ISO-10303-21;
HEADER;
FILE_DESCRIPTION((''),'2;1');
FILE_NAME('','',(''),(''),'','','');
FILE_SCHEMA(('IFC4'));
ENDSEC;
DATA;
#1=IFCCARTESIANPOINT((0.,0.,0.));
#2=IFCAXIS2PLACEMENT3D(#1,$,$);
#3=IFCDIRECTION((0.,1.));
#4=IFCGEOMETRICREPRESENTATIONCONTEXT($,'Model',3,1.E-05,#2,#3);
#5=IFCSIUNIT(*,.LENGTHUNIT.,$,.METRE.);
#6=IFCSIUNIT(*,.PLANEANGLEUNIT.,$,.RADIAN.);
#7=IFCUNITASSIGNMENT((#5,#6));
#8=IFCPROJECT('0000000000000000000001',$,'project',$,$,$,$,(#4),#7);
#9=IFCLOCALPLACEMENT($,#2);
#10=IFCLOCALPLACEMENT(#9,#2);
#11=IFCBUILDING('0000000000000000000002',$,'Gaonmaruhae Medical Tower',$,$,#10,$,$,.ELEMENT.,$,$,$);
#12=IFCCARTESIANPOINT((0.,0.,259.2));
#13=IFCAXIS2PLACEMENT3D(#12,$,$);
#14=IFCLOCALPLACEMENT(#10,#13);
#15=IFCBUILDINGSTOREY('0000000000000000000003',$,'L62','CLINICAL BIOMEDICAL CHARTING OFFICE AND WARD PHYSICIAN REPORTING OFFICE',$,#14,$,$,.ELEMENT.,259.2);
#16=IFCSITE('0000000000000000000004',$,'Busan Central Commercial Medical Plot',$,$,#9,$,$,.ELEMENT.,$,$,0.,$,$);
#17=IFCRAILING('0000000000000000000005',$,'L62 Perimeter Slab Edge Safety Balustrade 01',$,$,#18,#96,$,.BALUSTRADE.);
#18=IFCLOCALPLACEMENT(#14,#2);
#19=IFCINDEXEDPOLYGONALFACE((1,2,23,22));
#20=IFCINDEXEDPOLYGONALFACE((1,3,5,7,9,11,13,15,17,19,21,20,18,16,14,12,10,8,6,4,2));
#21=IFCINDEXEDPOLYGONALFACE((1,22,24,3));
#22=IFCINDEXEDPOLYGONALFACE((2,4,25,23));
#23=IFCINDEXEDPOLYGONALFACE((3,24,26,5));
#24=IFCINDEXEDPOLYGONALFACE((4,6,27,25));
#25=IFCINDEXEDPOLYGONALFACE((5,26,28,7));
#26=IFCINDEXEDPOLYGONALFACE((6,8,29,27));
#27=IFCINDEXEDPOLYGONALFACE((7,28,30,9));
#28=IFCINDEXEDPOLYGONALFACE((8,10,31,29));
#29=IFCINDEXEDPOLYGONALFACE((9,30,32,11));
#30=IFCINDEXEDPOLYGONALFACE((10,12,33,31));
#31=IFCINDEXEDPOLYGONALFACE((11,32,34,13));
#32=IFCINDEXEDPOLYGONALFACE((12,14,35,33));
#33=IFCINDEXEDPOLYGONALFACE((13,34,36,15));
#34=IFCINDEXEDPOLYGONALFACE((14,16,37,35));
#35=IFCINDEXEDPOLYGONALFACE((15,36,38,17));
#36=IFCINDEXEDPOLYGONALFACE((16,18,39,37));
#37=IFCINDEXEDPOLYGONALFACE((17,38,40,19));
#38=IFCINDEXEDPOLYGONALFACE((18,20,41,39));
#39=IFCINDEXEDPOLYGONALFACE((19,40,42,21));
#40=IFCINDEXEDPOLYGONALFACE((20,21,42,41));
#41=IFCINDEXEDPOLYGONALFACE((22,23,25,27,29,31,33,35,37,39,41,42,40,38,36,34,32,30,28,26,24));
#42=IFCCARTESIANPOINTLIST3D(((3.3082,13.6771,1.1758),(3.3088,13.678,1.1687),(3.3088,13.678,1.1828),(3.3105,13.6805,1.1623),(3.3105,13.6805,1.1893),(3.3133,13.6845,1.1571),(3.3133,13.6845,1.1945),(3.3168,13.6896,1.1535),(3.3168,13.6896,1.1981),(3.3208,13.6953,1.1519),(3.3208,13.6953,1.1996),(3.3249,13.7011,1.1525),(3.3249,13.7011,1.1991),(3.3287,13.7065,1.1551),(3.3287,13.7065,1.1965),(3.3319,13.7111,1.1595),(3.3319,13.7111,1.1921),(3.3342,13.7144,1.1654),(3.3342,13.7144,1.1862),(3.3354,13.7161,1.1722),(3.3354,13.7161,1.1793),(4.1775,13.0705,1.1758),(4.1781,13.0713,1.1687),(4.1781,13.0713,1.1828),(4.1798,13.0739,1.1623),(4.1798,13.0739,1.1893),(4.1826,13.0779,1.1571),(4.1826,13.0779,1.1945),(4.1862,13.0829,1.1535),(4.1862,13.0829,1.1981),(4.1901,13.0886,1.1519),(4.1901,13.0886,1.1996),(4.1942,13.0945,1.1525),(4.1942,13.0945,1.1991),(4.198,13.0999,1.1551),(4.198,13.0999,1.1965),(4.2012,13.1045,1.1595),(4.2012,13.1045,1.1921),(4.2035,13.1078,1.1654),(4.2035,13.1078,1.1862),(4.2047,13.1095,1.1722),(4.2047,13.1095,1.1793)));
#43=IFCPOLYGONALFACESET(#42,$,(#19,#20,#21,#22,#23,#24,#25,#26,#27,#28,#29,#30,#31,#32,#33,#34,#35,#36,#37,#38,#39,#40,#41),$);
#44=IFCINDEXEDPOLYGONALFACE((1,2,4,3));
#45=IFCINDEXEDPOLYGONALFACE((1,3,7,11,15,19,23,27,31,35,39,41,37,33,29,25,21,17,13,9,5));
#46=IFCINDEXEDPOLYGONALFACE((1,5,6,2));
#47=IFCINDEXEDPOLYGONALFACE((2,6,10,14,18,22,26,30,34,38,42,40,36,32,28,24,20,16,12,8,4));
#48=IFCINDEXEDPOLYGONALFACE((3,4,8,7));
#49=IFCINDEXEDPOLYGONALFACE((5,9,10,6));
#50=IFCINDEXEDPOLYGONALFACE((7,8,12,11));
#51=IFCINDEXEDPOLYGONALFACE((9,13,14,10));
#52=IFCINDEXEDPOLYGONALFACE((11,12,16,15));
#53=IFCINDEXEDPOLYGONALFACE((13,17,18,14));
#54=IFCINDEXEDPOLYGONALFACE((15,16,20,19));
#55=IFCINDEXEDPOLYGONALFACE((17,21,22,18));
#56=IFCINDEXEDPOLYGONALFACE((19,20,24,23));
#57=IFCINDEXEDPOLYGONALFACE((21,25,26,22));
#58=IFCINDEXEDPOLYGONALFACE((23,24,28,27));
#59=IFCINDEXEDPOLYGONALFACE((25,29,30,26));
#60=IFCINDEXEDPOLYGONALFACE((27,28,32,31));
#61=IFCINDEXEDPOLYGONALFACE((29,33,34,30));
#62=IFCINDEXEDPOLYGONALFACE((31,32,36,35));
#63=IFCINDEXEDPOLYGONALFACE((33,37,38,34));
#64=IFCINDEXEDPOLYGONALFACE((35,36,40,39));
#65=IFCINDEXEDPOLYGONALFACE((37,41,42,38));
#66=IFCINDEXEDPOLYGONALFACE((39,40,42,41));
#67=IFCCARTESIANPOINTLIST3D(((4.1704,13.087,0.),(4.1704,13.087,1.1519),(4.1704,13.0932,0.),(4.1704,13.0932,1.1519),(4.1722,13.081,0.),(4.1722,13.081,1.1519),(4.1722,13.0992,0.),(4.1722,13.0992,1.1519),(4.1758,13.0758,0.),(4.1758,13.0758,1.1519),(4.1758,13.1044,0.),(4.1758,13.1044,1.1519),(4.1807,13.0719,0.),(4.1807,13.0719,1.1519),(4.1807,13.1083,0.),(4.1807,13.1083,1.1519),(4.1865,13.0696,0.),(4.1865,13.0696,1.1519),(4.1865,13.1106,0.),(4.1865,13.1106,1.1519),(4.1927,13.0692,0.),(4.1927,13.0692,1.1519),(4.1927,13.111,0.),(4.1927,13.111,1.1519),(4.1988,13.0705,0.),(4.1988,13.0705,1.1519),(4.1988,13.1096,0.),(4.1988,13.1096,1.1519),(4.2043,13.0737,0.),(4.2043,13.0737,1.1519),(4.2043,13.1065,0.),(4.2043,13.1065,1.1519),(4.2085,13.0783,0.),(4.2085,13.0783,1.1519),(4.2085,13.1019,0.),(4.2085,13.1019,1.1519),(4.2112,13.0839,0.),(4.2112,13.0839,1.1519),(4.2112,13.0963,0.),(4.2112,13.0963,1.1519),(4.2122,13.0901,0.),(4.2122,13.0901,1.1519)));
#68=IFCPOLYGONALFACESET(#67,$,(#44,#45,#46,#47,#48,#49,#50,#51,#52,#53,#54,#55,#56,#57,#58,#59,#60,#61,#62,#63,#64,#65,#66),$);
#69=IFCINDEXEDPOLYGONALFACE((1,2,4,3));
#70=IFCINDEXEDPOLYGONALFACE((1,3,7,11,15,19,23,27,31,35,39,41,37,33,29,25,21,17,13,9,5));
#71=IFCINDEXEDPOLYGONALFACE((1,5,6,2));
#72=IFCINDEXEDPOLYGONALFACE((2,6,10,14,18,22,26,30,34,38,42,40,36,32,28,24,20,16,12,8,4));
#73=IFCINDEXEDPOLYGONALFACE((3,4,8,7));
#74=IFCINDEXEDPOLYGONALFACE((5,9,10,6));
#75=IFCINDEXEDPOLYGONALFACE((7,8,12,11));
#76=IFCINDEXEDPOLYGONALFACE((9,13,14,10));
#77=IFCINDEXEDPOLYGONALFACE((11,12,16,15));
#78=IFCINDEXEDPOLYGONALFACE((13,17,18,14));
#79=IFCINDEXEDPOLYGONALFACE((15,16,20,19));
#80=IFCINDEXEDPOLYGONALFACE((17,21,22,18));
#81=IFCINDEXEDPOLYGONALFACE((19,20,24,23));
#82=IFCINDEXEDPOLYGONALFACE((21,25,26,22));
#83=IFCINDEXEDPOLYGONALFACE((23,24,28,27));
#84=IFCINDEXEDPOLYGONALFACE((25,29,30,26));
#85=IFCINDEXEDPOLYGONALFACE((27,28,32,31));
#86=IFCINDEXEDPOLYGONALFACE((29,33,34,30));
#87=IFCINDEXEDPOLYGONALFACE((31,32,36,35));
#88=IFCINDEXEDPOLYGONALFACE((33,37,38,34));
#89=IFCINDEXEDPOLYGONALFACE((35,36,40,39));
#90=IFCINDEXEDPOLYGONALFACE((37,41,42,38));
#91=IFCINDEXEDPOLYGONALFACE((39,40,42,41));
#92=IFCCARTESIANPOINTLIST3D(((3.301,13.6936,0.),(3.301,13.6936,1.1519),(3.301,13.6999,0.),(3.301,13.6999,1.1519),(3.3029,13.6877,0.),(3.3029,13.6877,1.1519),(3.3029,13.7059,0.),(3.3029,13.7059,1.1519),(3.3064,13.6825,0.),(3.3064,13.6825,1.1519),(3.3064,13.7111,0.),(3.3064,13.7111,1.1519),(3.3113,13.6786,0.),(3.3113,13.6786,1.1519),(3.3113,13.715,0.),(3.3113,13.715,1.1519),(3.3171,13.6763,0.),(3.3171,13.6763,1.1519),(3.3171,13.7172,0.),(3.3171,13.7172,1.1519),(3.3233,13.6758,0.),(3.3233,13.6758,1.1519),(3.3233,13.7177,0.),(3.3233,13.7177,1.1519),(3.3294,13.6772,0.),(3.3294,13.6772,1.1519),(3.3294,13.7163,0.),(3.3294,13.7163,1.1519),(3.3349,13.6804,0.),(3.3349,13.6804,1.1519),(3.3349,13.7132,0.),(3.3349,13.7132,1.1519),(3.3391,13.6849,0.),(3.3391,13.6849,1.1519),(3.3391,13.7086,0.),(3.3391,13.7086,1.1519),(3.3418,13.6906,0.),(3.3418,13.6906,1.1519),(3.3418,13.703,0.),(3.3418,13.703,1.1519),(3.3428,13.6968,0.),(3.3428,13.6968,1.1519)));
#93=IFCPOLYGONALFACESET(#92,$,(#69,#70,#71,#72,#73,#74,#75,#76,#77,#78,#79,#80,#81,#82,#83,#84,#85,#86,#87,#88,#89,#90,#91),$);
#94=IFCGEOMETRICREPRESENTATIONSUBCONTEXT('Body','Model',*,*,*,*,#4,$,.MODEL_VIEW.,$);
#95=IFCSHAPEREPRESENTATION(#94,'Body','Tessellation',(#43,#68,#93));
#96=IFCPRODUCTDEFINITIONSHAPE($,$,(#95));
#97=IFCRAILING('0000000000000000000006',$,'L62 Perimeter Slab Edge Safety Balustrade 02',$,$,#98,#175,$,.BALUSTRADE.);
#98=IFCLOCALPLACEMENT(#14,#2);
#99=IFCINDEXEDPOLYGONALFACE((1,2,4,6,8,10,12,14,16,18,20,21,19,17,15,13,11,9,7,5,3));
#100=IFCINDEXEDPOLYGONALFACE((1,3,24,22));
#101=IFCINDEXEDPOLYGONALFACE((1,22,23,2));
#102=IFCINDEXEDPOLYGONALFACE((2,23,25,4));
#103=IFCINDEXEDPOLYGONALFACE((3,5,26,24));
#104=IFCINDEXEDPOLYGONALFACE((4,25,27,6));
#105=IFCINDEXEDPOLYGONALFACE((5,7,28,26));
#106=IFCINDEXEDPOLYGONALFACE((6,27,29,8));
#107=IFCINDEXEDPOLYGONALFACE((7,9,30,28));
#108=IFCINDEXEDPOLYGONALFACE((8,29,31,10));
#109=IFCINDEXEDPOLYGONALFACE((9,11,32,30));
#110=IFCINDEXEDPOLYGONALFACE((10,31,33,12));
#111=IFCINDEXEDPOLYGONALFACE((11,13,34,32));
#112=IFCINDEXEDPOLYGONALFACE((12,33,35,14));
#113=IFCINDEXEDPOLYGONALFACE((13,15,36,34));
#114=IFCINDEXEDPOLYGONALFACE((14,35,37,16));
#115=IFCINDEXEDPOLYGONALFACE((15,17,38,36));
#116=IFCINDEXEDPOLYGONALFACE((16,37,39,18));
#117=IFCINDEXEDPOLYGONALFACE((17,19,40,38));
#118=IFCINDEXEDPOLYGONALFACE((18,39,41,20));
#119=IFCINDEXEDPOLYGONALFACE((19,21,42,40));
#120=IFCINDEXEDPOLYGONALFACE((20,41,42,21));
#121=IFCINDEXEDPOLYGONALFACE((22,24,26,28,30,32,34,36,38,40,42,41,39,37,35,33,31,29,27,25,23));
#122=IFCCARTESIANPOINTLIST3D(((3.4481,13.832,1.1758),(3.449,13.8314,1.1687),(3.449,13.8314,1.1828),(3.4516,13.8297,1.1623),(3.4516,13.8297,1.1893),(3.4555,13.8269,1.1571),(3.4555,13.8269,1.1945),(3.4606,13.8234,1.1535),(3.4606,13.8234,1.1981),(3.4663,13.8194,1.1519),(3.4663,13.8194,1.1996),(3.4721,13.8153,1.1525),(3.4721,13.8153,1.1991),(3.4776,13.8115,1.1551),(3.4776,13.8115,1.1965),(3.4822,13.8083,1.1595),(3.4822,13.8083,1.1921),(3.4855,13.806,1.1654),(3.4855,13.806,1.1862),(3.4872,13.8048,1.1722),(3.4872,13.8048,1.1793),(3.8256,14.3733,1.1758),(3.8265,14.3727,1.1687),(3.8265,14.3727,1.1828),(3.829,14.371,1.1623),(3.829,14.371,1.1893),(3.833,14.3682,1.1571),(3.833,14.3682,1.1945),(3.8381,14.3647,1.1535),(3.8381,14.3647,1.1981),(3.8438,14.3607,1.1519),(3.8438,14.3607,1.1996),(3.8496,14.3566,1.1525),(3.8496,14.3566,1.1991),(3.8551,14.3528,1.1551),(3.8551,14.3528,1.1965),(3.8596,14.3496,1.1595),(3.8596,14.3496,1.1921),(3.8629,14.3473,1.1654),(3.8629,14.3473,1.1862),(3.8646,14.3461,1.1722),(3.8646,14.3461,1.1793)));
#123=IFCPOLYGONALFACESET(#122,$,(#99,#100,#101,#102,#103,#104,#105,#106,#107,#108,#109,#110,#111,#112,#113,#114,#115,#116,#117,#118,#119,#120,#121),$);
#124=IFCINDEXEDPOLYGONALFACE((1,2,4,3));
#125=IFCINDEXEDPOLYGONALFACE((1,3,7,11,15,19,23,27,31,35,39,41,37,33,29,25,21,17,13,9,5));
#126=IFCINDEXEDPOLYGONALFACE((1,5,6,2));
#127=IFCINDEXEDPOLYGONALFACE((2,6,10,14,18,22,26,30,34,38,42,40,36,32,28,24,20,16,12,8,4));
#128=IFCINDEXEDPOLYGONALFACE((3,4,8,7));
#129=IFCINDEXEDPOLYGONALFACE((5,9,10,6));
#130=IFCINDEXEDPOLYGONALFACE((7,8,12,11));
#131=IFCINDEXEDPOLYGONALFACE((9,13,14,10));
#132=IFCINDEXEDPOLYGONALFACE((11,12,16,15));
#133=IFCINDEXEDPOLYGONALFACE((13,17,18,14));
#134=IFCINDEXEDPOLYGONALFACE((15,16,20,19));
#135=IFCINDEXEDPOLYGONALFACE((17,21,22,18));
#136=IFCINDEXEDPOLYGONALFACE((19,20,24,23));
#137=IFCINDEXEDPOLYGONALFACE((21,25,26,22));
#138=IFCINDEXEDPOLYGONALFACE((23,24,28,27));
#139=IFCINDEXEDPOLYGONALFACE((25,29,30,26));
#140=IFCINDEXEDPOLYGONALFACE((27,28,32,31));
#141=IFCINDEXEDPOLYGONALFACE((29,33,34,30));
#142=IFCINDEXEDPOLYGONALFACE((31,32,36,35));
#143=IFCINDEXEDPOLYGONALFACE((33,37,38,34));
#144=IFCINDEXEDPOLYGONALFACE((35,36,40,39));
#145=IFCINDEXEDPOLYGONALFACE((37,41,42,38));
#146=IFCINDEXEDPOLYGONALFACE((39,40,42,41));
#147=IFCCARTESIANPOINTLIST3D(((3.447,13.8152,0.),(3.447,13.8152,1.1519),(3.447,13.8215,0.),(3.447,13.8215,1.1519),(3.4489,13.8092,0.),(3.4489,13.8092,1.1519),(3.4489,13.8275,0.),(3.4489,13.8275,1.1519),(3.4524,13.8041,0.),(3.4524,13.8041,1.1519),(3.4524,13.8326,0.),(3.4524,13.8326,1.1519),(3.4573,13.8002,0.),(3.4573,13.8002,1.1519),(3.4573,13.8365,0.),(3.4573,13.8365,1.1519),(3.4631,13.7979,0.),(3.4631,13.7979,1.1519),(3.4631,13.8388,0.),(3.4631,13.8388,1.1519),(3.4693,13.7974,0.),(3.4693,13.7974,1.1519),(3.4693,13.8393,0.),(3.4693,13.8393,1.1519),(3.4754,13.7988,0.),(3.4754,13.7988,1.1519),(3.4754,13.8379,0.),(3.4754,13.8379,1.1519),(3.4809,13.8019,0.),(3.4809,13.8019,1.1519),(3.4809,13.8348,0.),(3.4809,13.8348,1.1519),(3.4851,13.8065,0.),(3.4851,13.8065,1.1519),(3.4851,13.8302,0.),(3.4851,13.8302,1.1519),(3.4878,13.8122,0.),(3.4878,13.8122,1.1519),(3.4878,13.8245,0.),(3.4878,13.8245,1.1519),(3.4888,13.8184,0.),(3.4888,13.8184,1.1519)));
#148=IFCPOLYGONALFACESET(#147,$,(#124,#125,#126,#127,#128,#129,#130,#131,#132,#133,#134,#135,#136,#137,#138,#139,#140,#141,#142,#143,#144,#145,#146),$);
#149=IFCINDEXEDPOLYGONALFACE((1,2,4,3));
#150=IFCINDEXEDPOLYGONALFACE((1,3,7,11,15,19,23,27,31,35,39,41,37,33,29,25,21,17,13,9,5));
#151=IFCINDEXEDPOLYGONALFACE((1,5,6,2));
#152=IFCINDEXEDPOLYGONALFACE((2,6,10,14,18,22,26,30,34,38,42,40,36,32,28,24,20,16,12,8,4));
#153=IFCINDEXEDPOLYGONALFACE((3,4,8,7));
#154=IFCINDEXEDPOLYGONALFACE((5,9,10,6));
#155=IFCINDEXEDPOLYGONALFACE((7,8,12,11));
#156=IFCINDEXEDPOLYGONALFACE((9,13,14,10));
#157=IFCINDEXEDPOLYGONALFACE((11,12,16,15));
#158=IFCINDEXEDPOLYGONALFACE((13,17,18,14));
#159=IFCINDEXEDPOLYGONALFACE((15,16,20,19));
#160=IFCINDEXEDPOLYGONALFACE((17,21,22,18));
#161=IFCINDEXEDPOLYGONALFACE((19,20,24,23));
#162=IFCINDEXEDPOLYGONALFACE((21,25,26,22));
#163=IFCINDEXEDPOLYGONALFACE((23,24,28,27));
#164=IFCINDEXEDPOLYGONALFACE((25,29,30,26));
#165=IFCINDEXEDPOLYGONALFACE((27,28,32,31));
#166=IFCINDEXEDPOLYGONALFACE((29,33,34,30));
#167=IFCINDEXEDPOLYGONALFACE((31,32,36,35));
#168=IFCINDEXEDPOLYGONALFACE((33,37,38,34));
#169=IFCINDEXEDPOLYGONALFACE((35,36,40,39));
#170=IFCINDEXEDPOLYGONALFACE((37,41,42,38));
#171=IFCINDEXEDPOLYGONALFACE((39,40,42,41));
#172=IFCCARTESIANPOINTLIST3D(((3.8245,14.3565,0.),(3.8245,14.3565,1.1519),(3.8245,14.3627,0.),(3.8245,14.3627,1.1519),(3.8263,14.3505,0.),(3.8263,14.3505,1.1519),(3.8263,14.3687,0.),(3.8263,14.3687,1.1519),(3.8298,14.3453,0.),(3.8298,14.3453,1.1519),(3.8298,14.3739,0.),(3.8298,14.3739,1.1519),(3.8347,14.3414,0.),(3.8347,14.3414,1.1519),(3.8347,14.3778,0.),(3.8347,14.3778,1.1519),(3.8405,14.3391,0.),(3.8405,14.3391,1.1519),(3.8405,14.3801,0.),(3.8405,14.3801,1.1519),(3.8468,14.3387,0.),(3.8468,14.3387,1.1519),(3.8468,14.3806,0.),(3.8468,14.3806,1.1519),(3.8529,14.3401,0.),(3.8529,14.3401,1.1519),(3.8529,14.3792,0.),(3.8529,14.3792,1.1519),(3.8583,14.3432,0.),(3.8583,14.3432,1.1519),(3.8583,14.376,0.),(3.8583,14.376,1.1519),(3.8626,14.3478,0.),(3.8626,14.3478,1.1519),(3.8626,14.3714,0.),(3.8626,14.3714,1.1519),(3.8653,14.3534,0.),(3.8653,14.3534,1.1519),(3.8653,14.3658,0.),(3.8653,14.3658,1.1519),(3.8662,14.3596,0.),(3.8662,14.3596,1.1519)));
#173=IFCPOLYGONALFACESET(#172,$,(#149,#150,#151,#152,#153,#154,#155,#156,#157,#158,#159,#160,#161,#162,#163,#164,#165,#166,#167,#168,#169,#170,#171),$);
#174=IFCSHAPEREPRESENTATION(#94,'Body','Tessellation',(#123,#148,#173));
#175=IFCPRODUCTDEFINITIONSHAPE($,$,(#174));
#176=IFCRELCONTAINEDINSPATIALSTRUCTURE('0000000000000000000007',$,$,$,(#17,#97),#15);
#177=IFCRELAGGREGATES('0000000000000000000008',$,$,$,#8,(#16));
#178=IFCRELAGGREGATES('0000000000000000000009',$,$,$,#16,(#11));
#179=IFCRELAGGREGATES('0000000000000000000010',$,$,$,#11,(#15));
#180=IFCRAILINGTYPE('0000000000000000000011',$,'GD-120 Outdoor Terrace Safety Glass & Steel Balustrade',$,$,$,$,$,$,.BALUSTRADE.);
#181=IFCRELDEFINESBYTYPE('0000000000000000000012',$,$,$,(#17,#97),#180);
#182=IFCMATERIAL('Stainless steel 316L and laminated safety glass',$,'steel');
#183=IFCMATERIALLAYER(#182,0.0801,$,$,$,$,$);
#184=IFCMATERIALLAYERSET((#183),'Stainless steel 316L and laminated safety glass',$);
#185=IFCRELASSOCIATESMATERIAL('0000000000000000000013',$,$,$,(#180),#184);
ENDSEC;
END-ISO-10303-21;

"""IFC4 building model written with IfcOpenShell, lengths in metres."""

from ifc_helpers import new_model, si_unit, direction, frame, origin, origin_2d, place, context, subcontext, project, spatial, circle, extrude, material, layer, layer_set, type_object, element, save


model = new_model("IFC4")

# Units and contexts
model_context = context("Model", 3, precision=1e-05, world=origin(), true_north=direction((0.0, 1.0)))
body_context = subcontext(model_context, "Body", "Model", "MODEL_VIEW")
ifc_project = project(units=[si_unit("LENGTHUNIT", "METRE"), si_unit("PLANEANGLEUNIT", "RADIAN")], contexts=[model_context])

# Site, building, storey
site_placement = place(None, origin())
site = spatial("IfcSite", under=ifc_project, at=site_placement, Name="Busan Central Commercial Medical Plot", CompositionType="ELEMENT", RefElevation=0.0)
building_placement = place(site_placement, origin())
building = spatial("IfcBuilding", under=site, at=building_placement, Name="Gaonmaruhae Medical Tower", CompositionType="ELEMENT")
storey_placement = place(building_placement, frame((0.0, 0.0, 259.2)))
storey = spatial("IfcBuildingStorey", under=building, at=storey_placement, Name="L62", Description="CLINICAL BIOMEDICAL CHARTING OFFICE AND WARD PHYSICIAN REPORTING OFFICE", CompositionType="ELEMENT", Elevation=259.2)

# Railings
ifc_material_1 = material(Name="Stainless steel 316L and laminated safety glass", Category="steel")
ifc_layer_1 = layer(ifc_material_1, 0.0801)
ifc_layer_set_1 = layer_set([ifc_layer_1], Name="Stainless steel 316L and laminated safety glass")
railing_type = type_object("IfcRailingType", Name="GD-120 Outdoor Terrace Safety Glass & Steel Balustrade", PredefinedType="BALUSTRADE", material=ifc_layer_set_1)
railing_1_placement = place(storey_placement, frame((4.1912, 13.0901, 0.0)))
element("IfcRailing", 1, at=railing_1_placement, inside=storey, type_object=railing_type, Name="L62 Perimeter Slab Edge Safety Balustrade 01", PredefinedType="BALUSTRADE", context=body_context, shape_type="SweptSolid", body=[
    extrude(circle(Radius=0.0239, at=origin_2d()), frame((0.0, 0.0, 1.1758), z_axis=(-0.820064, 0.572272, 0.0), x_axis=(-0.572272, -0.820064, 0.0)), (0.0, 0.0, 1.0), 1.0601),
    extrude(circle(Radius=0.021, at=origin_2d()), origin(), (0.0, 0.0, 1.0), 1.1519),
    extrude(circle(Radius=0.021, at=origin_2d()), frame((-0.8694, 0.6067, 0.0)), (0.0, 0.0, 1.0), 1.1519),
])
railing_2_placement = place(storey_placement, frame((3.4678, 13.8184, 0.0)))
element("IfcRailing", 2, at=railing_2_placement, inside=storey, type_object=railing_type, Name="L62 Perimeter Slab Edge Safety Balustrade 02", PredefinedType="BALUSTRADE", context=body_context, shape_type="SweptSolid", body=[
    extrude(circle(Radius=0.0239, at=origin_2d()), frame((0.0, 0.0, 1.1758), z_axis=(0.571996, 0.820256, 0.0), x_axis=(-0.820256, 0.571996, 0.0)), (0.0, 0.0, 1.0), 0.6599),
    extrude(circle(Radius=0.021, at=origin_2d()), origin(), (0.0, 0.0, 1.0), 1.1519),
    extrude(circle(Radius=0.021, at=origin_2d()), frame((0.3774, 0.5413, 0.0)), (0.0, 0.0, 1.0), 1.1519),
])

save(model, "model.ifc")
